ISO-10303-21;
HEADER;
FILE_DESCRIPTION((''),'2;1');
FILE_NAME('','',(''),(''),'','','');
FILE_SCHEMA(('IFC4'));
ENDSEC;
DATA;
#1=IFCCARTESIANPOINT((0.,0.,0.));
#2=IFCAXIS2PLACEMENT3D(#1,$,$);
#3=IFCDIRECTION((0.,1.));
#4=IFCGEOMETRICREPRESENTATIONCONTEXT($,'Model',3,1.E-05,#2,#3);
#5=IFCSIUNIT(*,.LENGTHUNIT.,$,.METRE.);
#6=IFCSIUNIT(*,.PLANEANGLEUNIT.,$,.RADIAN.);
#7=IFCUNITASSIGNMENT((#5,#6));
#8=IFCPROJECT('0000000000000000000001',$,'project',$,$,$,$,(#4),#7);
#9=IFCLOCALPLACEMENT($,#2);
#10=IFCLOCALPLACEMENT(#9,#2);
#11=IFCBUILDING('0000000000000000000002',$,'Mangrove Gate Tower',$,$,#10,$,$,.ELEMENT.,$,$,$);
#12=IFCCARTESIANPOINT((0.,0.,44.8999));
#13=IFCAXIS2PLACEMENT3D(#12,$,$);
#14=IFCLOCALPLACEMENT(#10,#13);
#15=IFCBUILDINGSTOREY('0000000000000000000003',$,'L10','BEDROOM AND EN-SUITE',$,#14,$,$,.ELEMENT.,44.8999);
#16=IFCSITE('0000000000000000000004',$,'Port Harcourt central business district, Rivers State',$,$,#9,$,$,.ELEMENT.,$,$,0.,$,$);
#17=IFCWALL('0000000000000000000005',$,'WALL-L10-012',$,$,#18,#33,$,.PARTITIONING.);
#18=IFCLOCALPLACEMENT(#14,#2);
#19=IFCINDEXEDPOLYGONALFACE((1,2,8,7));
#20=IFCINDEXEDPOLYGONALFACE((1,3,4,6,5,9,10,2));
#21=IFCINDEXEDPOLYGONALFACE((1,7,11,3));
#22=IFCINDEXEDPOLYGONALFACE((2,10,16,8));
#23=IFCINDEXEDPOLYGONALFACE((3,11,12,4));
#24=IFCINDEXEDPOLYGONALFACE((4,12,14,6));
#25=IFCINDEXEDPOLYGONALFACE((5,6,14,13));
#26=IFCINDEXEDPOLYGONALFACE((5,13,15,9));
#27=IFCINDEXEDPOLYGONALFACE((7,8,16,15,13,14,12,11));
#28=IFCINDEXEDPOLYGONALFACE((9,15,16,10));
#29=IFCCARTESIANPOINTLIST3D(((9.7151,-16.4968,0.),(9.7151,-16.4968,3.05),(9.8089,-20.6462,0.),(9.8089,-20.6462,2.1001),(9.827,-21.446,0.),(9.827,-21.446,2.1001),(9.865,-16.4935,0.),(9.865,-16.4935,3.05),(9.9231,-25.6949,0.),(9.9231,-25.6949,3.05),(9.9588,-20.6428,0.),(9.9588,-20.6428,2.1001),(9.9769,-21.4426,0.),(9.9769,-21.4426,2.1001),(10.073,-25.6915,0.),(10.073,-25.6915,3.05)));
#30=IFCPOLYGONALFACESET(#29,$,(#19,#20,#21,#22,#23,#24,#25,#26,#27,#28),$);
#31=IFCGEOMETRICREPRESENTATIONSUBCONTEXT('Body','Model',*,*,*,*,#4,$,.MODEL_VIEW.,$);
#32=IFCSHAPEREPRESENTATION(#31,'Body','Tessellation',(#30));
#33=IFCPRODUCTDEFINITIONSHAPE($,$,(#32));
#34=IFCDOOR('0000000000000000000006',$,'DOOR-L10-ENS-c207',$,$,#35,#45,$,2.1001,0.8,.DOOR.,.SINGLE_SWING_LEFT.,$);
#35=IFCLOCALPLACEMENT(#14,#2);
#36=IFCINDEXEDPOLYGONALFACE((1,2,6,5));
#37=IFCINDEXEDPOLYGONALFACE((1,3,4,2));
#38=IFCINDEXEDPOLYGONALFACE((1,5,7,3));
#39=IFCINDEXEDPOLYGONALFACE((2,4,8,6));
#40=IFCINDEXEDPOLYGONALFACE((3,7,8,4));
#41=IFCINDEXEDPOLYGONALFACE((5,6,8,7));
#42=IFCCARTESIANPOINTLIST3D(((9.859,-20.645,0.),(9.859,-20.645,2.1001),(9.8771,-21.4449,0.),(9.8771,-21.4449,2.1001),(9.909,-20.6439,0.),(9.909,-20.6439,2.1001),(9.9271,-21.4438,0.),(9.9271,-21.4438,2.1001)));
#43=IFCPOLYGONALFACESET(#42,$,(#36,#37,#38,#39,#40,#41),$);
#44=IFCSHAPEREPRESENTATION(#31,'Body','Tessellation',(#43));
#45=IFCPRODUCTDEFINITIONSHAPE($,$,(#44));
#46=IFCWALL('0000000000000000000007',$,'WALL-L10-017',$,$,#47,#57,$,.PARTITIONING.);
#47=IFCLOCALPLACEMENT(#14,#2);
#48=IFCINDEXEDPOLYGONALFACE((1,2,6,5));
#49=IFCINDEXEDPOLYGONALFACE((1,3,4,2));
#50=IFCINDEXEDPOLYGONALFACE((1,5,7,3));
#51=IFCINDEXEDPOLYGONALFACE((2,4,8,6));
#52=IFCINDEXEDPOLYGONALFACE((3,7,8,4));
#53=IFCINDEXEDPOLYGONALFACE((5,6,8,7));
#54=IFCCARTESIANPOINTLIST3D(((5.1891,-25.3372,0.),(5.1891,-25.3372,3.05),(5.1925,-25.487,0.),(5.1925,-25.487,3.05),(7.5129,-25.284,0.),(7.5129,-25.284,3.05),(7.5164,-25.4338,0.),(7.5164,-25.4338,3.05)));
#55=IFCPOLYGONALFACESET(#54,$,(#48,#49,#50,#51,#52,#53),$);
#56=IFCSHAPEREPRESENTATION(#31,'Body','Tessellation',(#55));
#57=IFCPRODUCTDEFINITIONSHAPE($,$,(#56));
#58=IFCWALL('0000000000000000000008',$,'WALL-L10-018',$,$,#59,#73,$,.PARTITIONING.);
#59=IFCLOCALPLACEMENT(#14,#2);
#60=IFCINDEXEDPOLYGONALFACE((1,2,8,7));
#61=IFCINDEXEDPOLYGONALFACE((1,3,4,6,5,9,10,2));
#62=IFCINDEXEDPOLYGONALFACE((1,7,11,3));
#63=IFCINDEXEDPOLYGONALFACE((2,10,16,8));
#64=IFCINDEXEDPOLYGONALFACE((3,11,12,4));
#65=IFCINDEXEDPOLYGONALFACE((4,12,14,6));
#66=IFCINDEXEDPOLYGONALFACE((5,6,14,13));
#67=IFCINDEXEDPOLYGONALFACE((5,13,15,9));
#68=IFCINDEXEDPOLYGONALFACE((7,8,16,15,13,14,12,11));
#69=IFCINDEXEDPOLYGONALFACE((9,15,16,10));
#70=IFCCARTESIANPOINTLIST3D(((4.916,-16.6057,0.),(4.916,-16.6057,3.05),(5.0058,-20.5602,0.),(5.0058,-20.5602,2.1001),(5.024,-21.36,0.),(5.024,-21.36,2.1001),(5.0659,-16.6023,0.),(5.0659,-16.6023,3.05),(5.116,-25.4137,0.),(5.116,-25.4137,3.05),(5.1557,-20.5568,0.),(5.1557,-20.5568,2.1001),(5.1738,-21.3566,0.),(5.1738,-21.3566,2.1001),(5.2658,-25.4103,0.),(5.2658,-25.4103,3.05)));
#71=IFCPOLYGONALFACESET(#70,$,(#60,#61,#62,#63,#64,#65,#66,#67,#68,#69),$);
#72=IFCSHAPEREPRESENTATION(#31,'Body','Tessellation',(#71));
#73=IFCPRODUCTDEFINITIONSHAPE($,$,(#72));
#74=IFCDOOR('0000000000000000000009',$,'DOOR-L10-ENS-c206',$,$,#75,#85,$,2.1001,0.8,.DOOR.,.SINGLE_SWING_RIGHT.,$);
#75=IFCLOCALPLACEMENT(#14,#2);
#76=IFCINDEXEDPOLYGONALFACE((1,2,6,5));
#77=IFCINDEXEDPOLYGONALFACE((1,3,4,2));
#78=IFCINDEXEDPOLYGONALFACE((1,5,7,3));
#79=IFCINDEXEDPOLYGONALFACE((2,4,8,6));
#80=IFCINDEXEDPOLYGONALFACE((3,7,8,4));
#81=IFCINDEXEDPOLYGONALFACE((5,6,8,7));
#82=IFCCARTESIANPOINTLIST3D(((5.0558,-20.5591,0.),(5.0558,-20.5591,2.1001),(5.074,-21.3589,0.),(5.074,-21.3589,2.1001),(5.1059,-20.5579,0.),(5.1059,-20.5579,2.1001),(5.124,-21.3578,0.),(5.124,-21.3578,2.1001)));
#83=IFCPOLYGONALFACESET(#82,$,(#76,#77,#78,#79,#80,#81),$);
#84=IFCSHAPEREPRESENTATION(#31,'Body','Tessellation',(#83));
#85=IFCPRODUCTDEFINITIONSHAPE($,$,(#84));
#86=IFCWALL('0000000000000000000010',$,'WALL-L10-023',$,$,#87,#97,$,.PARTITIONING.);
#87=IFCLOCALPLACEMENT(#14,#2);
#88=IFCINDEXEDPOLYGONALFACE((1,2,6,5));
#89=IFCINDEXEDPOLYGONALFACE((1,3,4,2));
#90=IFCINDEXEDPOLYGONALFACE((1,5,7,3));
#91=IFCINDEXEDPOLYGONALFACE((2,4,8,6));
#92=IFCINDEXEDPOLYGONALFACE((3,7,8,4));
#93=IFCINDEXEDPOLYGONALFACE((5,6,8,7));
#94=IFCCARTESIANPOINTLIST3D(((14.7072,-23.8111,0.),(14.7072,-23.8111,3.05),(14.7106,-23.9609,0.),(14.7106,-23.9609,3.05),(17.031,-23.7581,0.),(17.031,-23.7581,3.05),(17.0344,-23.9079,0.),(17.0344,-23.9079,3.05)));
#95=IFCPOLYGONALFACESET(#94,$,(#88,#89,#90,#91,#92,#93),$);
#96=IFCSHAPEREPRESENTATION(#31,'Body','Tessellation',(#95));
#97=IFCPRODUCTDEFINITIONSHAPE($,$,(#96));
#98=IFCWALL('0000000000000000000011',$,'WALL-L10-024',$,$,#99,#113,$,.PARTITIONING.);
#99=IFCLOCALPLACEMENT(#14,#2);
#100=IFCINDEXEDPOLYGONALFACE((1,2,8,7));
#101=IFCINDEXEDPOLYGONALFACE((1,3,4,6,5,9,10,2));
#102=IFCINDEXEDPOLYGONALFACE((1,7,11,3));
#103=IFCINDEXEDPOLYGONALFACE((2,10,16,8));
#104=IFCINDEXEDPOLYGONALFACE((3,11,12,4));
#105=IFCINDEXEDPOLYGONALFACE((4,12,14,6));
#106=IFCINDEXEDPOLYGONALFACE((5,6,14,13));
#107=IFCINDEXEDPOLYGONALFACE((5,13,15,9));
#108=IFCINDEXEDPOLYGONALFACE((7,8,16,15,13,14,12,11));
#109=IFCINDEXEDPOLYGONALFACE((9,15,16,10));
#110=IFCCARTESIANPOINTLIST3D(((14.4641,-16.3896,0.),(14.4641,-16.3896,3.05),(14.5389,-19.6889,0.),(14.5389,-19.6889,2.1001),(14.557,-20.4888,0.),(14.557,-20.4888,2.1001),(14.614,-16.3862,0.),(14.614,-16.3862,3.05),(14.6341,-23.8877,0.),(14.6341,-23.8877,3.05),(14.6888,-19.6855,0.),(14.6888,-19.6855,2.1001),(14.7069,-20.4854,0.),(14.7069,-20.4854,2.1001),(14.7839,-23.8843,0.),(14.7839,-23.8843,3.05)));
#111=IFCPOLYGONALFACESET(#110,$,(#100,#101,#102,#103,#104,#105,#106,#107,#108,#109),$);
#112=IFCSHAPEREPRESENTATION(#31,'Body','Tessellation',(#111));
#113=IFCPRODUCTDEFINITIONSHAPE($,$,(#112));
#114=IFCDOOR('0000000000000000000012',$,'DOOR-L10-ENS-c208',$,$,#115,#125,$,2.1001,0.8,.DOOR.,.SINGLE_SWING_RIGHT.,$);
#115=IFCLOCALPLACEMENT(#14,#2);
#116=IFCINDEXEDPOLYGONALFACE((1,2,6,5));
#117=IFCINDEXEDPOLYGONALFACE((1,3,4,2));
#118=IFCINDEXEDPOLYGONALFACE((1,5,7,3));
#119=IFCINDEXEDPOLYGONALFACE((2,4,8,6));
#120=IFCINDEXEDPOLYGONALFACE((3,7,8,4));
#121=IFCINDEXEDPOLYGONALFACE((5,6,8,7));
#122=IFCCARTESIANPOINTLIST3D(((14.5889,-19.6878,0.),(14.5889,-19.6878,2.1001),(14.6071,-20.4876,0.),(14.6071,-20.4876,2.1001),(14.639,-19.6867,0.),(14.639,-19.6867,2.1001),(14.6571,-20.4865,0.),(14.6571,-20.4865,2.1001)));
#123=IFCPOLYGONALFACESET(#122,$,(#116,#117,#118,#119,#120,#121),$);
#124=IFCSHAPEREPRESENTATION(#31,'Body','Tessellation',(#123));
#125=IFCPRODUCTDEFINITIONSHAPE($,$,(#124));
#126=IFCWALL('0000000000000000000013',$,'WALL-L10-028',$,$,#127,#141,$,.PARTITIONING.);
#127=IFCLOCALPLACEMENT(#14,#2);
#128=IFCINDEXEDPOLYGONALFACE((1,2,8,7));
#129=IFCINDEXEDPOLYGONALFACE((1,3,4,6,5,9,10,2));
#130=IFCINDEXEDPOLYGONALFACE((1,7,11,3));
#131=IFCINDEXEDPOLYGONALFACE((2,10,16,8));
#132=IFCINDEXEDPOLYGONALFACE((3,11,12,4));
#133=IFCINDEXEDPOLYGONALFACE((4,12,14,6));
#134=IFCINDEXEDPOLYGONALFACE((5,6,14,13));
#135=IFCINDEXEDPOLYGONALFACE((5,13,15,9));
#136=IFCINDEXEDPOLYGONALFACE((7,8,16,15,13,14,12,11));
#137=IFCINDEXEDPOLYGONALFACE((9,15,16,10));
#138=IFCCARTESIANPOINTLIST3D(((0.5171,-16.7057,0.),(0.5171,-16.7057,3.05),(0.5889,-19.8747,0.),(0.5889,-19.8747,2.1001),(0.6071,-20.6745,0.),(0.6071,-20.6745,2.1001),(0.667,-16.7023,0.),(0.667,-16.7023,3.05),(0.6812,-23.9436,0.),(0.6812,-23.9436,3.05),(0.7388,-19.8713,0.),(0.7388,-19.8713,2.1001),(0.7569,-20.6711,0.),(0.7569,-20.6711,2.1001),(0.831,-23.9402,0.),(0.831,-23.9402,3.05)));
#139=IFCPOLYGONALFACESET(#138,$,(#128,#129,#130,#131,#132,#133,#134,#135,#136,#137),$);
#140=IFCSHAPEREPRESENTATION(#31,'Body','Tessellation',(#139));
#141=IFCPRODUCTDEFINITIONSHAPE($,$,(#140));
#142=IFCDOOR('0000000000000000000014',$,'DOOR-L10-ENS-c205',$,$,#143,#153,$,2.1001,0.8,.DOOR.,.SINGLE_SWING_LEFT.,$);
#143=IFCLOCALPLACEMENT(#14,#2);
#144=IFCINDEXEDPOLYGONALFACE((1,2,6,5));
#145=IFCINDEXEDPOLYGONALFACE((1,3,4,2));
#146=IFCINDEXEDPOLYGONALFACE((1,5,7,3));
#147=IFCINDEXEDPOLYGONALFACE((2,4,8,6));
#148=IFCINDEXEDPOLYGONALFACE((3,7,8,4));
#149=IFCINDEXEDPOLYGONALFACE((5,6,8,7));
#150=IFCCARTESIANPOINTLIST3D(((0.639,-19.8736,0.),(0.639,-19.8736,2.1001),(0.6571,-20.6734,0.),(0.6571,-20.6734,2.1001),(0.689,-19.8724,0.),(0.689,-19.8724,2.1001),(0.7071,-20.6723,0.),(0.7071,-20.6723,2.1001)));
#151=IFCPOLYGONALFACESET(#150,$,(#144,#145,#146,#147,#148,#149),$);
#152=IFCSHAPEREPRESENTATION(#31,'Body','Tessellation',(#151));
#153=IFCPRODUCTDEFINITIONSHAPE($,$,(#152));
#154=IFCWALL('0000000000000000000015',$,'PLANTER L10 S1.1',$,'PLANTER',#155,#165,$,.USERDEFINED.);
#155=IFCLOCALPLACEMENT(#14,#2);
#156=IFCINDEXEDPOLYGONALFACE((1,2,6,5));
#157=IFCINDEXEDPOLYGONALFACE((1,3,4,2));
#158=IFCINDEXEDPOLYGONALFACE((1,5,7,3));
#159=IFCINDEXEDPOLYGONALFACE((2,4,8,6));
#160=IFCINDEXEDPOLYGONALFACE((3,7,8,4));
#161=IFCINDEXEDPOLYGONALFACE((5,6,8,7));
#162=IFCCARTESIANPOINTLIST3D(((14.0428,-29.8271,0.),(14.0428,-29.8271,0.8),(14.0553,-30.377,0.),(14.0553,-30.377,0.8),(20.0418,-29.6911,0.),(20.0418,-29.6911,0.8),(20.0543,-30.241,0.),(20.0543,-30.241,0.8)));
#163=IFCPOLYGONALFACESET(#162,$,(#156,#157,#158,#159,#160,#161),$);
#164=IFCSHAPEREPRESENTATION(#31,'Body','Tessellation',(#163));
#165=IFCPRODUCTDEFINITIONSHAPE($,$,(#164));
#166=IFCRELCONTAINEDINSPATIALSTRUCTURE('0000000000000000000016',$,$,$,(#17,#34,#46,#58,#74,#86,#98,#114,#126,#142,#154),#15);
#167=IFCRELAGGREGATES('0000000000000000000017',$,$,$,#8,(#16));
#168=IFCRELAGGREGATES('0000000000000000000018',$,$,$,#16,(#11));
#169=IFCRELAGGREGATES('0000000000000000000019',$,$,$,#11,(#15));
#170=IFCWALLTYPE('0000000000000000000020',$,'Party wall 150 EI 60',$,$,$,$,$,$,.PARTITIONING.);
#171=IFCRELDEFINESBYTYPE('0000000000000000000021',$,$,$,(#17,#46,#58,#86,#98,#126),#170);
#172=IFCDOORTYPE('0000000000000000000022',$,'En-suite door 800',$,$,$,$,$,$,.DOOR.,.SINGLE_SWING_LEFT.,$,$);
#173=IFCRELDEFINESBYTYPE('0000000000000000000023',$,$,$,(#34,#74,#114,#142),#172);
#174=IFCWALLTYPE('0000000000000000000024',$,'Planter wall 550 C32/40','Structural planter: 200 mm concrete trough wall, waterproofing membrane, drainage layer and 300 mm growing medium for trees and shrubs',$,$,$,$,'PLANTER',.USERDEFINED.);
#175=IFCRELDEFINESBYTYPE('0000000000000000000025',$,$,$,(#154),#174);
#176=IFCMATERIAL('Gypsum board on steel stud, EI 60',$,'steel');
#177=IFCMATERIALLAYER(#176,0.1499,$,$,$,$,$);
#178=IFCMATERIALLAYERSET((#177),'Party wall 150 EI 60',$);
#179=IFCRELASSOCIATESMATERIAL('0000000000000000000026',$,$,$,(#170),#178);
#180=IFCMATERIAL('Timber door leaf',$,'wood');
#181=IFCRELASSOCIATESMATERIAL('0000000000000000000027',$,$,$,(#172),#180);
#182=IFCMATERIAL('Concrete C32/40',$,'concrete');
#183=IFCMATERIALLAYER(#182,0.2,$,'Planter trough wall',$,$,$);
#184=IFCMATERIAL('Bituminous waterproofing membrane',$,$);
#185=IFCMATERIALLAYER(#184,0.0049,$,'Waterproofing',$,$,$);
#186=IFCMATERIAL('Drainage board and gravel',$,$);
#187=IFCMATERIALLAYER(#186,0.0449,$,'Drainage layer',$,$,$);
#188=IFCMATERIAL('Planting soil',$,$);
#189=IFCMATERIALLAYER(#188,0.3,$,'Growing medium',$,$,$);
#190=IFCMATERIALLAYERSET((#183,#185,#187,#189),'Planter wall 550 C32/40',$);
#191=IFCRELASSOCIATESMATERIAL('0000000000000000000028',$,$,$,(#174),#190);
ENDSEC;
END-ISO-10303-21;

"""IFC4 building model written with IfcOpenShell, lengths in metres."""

from ifc_helpers import new_model, si_unit, direction, frame, frame_2d, origin, place, context, subcontext, project, spatial, rectangle, extrude, material, layer, layer_set, type_object, element, fill, save


model = new_model("IFC4")

# Units and contexts
model_context = context("Model", 3, precision=1e-05, world=origin(), true_north=direction((0.0, 1.0)))
body_context = subcontext(model_context, "Body", "Model", "MODEL_VIEW")
ifc_project = project(units=[si_unit("LENGTHUNIT", "METRE"), si_unit("PLANEANGLEUNIT", "RADIAN")], contexts=[model_context])

# Site, building, storey
site_placement = place(None, origin())
site = spatial("IfcSite", under=ifc_project, at=site_placement, Name="Port Harcourt central business district, Rivers State", CompositionType="ELEMENT", RefElevation=0.0)
building_placement = place(site_placement, origin())
building = spatial("IfcBuilding", under=site, at=building_placement, Name="Mangrove Gate Tower", CompositionType="ELEMENT")
storey_placement = place(building_placement, frame((0.0, 0.0, 44.8999)))
storey = spatial("IfcBuildingStorey", under=building, at=storey_placement, Name="L10", Description="BEDROOM AND EN-SUITE", CompositionType="ELEMENT", Elevation=44.8999)

# Shared definitions
ifc_material_1 = material(Name="Gypsum board on steel stud, EI 60", Category="steel")
ifc_layer_1 = layer(ifc_material_1, 0.1499)
ifc_layer_set_1 = layer_set([ifc_layer_1], Name="Party wall 150 EI 60")
wall_type_1 = type_object("IfcWallType", Name="Party wall 150 EI 60", PredefinedType="PARTITIONING", material=ifc_layer_set_1)

# Wall, opening, door
wall_1_placement = place(storey_placement, frame((9.998, -25.6931, 0.0), z_axis=(0.0, 0.0, 1.0), x_axis=(-0.022609, 0.999744, 0.0)))
wall_1 = element("IfcWall", 1, at=wall_1_placement, inside=storey, type_object=wall_type_1, Name="WALL-L10-012", PredefinedType="PARTITIONING", context=body_context, shape_type="SweptSolid", body=[
    extrude(rectangle(XDim=9.2004, YDim=0.1499, at=frame_2d((4.6001, 0.0))), origin(), (0.0, 0.0, 1.0), 3.05),
])
opening_1_placement = place(wall_1_placement, frame((4.25, 0.0, 0.0)))
opening_1 = element("IfcOpeningElement", 2, at=opening_1_placement, cuts=wall_1, PredefinedType="OPENING", context=body_context, shape_type="SweptSolid", body=[
    extrude(rectangle(XDim=0.8, YDim=2.1001, at=frame_2d((0.3999, 1.05))), frame((0.0, 0.085, 0.0), z_axis=(0.0, -1.0, 0.0), x_axis=(1.0, 0.0, 0.0)), (0.0, 0.0, 1.0), 0.1699),
])
ifc_material_2 = material(Name="Timber door leaf", Category="wood")
door_type_1 = type_object("IfcDoorType", Name="En-suite door 800", OperationType="SINGLE_SWING_LEFT", PredefinedType="DOOR", material=ifc_material_2)
door_1_placement = place(opening_1_placement, origin())
door_1 = element("IfcDoor", 3, at=door_1_placement, inside=storey, type_object=door_type_1, Name="DOOR-L10-ENS-c207", OperationType="SINGLE_SWING_LEFT", OverallHeight=2.1001, OverallWidth=0.8, PredefinedType="DOOR", context=body_context, shape_type="SweptSolid", body=[
    extrude(rectangle(XDim=0.8, YDim=2.1001, at=frame_2d((0.3999, 1.05))), frame((0.0, 0.0249, 0.0), z_axis=(0.0, -1.0, 0.0), x_axis=(1.0, 0.0, 0.0)), (0.0, 0.0, 1.0), 0.05),
])
fill(opening_1, door_1)

# Wall
wall_2_placement = place(storey_placement, frame((5.1909, -25.4121, 0.0), z_axis=(0.0, 0.0, 1.0), x_axis=(0.999738, 0.022896, 0.0)))
element("IfcWall", 4, at=wall_2_placement, inside=storey, type_object=wall_type_1, Name="WALL-L10-017", PredefinedType="PARTITIONING", context=body_context, shape_type="SweptSolid", body=[
    extrude(rectangle(XDim=2.3245, YDim=0.1499, at=frame_2d((1.1621, 0.0))), origin(), (0.0, 0.0, 1.0), 3.05),
])

# Wall, opening, door
wall_3_placement = place(storey_placement, frame((5.1909, -25.4121, 0.0), z_axis=(0.0, 0.0, 1.0), x_axis=(-0.022695, 0.999742, 0.0)))
wall_3 = element("IfcWall", 5, at=wall_3_placement, inside=storey, type_object=wall_type_1, Name="WALL-L10-018", PredefinedType="PARTITIONING", context=body_context, shape_type="SweptSolid", body=[
    extrude(rectangle(XDim=8.8103, YDim=0.1499, at=frame_2d((4.4053, 0.0))), origin(), (0.0, 0.0, 1.0), 3.05),
])
opening_2_placement = place(wall_3_placement, frame((4.0549, 0.0, 0.0)))
opening_2 = element("IfcOpeningElement", 6, at=opening_2_placement, cuts=wall_3, PredefinedType="OPENING", context=body_context, shape_type="SweptSolid", body=[
    extrude(rectangle(XDim=0.8, YDim=2.1001, at=frame_2d((0.3999, 1.05))), frame((0.0, 0.085, 0.0), z_axis=(0.0, -1.0, 0.0), x_axis=(1.0, 0.0, 0.0)), (0.0, 0.0, 1.0), 0.1699),
])
door_2_placement = place(opening_2_placement, origin())
door_2 = element("IfcDoor", 7, at=door_2_placement, inside=storey, type_object=door_type_1, Name="DOOR-L10-ENS-c206", OperationType="SINGLE_SWING_RIGHT", OverallHeight=2.1001, OverallWidth=0.8, PredefinedType="DOOR", context=body_context, shape_type="SweptSolid", body=[
    extrude(rectangle(XDim=0.8, YDim=2.1001, at=frame_2d((0.3999, 1.05))), frame((0.0, 0.0249, 0.0), z_axis=(0.0, -1.0, 0.0), x_axis=(1.0, 0.0, 0.0)), (0.0, 0.0, 1.0), 0.05),
])
fill(opening_2, door_2)

# Wall
wall_4_placement = place(storey_placement, frame((14.709, -23.886, 0.0), z_axis=(0.0, 0.0, 1.0), x_axis=(0.99974, 0.022791, 0.0)))
element("IfcWall", 8, at=wall_4_placement, inside=storey, type_object=wall_type_1, Name="WALL-L10-023", PredefinedType="PARTITIONING", context=body_context, shape_type="SweptSolid", body=[
    extrude(rectangle(XDim=2.3245, YDim=0.1499, at=frame_2d((1.1621, 0.0))), origin(), (0.0, 0.0, 1.0), 3.05),
])

# Walls, openings, doors
wall_5_placement = place(storey_placement, frame((14.709, -23.886, 0.0), z_axis=(0.0, 0.0, 1.0), x_axis=(-0.022656, 0.999743, 0.0)))
wall_5 = element("IfcWall", 9, at=wall_5_placement, inside=storey, type_object=wall_type_1, Name="WALL-L10-024", PredefinedType="PARTITIONING", context=body_context, shape_type="SweptSolid", body=[
    extrude(rectangle(XDim=7.5, YDim=0.1499, at=frame_2d((3.75, 0.0))), origin(), (0.0, 0.0, 1.0), 3.05),
])
opening_3_placement = place(wall_5_placement, frame((3.3999, 0.0, 0.0)))
opening_3 = element("IfcOpeningElement", 10, at=opening_3_placement, cuts=wall_5, PredefinedType="OPENING", context=body_context, shape_type="SweptSolid", body=[
    extrude(rectangle(XDim=0.8, YDim=2.1001, at=frame_2d((0.3999, 1.05))), frame((0.0, 0.085, 0.0), z_axis=(0.0, -1.0, 0.0), x_axis=(1.0, 0.0, 0.0)), (0.0, 0.0, 1.0), 0.1699),
])
door_3_placement = place(opening_3_placement, origin())
door_3 = element("IfcDoor", 11, at=door_3_placement, inside=storey, type_object=door_type_1, Name="DOOR-L10-ENS-c208", OperationType="SINGLE_SWING_RIGHT", OverallHeight=2.1001, OverallWidth=0.8, PredefinedType="DOOR", context=body_context, shape_type="SweptSolid", body=[
    extrude(rectangle(XDim=0.8, YDim=2.1001, at=frame_2d((0.3999, 1.05))), frame((0.0, 0.0249, 0.0), z_axis=(0.0, -1.0, 0.0), x_axis=(1.0, 0.0, 0.0)), (0.0, 0.0, 1.0), 0.05),
])
fill(opening_3, door_3)
wall_6_placement = place(storey_placement, frame((0.7561, -23.9419, 0.0), z_axis=(0.0, 0.0, 1.0), x_axis=(-0.022662, 0.999743, 0.0)))
wall_6 = element("IfcWall", 12, at=wall_6_placement, inside=storey, type_object=wall_type_1, Name="WALL-L10-028", PredefinedType="PARTITIONING", context=body_context, shape_type="SweptSolid", body=[
    extrude(rectangle(XDim=7.2397, YDim=0.1499, at=frame_2d((3.6199, 0.0))), origin(), (0.0, 0.0, 1.0), 3.05),
])
opening_4_placement = place(wall_6_placement, frame((3.27, 0.0, 0.0)))
opening_4 = element("IfcOpeningElement", 13, at=opening_4_placement, cuts=wall_6, PredefinedType="OPENING", context=body_context, shape_type="SweptSolid", body=[
    extrude(rectangle(XDim=0.8, YDim=2.1001, at=frame_2d((0.3999, 1.05))), frame((0.0, 0.085, 0.0), z_axis=(0.0, -1.0, 0.0), x_axis=(1.0, 0.0, 0.0)), (0.0, 0.0, 1.0), 0.1699),
])
door_4_placement = place(opening_4_placement, origin())
door_4 = element("IfcDoor", 14, at=door_4_placement, inside=storey, type_object=door_type_1, Name="DOOR-L10-ENS-c205", OperationType="SINGLE_SWING_LEFT", OverallHeight=2.1001, OverallWidth=0.8, PredefinedType="DOOR", context=body_context, shape_type="SweptSolid", body=[
    extrude(rectangle(XDim=0.8, YDim=2.1001, at=frame_2d((0.3999, 1.05))), frame((0.0, 0.0249, 0.0), z_axis=(0.0, -1.0, 0.0), x_axis=(1.0, 0.0, 0.0)), (0.0, 0.0, 1.0), 0.05),
])
fill(opening_4, door_4)

# Wall
ifc_material_3 = material(Name="Concrete C32/40", Category="concrete")
ifc_layer_2 = layer(ifc_material_3, 0.2, Name="Planter trough wall")
ifc_material_4 = material(Name="Bituminous waterproofing membrane")
ifc_layer_3 = layer(ifc_material_4, 0.0049, Name="Waterproofing")
ifc_material_5 = material(Name="Drainage board and gravel")
ifc_layer_4 = layer(ifc_material_5, 0.0449, Name="Drainage layer")
ifc_material_6 = material(Name="Planting soil")
ifc_layer_5 = layer(ifc_material_6, 0.3, Name="Growing medium")
ifc_layer_set_2 = layer_set([ifc_layer_2, ifc_layer_3, ifc_layer_4, ifc_layer_5], Name="Planter wall 550 C32/40")
wall_type_2 = type_object("IfcWallType", Name="Planter wall 550 C32/40", Description="Structural planter: 200 mm concrete trough wall, waterproofing membrane, drainage layer and 300 mm growing medium for trees and shrubs", ElementType="PLANTER", PredefinedType="USERDEFINED", material=ifc_layer_set_2)
wall_7_placement = place(storey_placement, frame((14.0491, -30.1021, 0.0), z_axis=(0.0, 0.0, 1.0), x_axis=(0.999743, 0.022662, 0.0)))
element("IfcWall", 15, at=wall_7_placement, inside=storey, type_object=wall_type_2, Name="PLANTER L10 S1.1", ObjectType="PLANTER", PredefinedType="USERDEFINED", context=body_context, shape_type="SweptSolid", body=[
    extrude(rectangle(XDim=6.0005, YDim=0.55, at=frame_2d((3.0002, 0.0))), origin(), (0.0, 0.0, 1.0), 0.8),
])

save(model, "model.ifc")
